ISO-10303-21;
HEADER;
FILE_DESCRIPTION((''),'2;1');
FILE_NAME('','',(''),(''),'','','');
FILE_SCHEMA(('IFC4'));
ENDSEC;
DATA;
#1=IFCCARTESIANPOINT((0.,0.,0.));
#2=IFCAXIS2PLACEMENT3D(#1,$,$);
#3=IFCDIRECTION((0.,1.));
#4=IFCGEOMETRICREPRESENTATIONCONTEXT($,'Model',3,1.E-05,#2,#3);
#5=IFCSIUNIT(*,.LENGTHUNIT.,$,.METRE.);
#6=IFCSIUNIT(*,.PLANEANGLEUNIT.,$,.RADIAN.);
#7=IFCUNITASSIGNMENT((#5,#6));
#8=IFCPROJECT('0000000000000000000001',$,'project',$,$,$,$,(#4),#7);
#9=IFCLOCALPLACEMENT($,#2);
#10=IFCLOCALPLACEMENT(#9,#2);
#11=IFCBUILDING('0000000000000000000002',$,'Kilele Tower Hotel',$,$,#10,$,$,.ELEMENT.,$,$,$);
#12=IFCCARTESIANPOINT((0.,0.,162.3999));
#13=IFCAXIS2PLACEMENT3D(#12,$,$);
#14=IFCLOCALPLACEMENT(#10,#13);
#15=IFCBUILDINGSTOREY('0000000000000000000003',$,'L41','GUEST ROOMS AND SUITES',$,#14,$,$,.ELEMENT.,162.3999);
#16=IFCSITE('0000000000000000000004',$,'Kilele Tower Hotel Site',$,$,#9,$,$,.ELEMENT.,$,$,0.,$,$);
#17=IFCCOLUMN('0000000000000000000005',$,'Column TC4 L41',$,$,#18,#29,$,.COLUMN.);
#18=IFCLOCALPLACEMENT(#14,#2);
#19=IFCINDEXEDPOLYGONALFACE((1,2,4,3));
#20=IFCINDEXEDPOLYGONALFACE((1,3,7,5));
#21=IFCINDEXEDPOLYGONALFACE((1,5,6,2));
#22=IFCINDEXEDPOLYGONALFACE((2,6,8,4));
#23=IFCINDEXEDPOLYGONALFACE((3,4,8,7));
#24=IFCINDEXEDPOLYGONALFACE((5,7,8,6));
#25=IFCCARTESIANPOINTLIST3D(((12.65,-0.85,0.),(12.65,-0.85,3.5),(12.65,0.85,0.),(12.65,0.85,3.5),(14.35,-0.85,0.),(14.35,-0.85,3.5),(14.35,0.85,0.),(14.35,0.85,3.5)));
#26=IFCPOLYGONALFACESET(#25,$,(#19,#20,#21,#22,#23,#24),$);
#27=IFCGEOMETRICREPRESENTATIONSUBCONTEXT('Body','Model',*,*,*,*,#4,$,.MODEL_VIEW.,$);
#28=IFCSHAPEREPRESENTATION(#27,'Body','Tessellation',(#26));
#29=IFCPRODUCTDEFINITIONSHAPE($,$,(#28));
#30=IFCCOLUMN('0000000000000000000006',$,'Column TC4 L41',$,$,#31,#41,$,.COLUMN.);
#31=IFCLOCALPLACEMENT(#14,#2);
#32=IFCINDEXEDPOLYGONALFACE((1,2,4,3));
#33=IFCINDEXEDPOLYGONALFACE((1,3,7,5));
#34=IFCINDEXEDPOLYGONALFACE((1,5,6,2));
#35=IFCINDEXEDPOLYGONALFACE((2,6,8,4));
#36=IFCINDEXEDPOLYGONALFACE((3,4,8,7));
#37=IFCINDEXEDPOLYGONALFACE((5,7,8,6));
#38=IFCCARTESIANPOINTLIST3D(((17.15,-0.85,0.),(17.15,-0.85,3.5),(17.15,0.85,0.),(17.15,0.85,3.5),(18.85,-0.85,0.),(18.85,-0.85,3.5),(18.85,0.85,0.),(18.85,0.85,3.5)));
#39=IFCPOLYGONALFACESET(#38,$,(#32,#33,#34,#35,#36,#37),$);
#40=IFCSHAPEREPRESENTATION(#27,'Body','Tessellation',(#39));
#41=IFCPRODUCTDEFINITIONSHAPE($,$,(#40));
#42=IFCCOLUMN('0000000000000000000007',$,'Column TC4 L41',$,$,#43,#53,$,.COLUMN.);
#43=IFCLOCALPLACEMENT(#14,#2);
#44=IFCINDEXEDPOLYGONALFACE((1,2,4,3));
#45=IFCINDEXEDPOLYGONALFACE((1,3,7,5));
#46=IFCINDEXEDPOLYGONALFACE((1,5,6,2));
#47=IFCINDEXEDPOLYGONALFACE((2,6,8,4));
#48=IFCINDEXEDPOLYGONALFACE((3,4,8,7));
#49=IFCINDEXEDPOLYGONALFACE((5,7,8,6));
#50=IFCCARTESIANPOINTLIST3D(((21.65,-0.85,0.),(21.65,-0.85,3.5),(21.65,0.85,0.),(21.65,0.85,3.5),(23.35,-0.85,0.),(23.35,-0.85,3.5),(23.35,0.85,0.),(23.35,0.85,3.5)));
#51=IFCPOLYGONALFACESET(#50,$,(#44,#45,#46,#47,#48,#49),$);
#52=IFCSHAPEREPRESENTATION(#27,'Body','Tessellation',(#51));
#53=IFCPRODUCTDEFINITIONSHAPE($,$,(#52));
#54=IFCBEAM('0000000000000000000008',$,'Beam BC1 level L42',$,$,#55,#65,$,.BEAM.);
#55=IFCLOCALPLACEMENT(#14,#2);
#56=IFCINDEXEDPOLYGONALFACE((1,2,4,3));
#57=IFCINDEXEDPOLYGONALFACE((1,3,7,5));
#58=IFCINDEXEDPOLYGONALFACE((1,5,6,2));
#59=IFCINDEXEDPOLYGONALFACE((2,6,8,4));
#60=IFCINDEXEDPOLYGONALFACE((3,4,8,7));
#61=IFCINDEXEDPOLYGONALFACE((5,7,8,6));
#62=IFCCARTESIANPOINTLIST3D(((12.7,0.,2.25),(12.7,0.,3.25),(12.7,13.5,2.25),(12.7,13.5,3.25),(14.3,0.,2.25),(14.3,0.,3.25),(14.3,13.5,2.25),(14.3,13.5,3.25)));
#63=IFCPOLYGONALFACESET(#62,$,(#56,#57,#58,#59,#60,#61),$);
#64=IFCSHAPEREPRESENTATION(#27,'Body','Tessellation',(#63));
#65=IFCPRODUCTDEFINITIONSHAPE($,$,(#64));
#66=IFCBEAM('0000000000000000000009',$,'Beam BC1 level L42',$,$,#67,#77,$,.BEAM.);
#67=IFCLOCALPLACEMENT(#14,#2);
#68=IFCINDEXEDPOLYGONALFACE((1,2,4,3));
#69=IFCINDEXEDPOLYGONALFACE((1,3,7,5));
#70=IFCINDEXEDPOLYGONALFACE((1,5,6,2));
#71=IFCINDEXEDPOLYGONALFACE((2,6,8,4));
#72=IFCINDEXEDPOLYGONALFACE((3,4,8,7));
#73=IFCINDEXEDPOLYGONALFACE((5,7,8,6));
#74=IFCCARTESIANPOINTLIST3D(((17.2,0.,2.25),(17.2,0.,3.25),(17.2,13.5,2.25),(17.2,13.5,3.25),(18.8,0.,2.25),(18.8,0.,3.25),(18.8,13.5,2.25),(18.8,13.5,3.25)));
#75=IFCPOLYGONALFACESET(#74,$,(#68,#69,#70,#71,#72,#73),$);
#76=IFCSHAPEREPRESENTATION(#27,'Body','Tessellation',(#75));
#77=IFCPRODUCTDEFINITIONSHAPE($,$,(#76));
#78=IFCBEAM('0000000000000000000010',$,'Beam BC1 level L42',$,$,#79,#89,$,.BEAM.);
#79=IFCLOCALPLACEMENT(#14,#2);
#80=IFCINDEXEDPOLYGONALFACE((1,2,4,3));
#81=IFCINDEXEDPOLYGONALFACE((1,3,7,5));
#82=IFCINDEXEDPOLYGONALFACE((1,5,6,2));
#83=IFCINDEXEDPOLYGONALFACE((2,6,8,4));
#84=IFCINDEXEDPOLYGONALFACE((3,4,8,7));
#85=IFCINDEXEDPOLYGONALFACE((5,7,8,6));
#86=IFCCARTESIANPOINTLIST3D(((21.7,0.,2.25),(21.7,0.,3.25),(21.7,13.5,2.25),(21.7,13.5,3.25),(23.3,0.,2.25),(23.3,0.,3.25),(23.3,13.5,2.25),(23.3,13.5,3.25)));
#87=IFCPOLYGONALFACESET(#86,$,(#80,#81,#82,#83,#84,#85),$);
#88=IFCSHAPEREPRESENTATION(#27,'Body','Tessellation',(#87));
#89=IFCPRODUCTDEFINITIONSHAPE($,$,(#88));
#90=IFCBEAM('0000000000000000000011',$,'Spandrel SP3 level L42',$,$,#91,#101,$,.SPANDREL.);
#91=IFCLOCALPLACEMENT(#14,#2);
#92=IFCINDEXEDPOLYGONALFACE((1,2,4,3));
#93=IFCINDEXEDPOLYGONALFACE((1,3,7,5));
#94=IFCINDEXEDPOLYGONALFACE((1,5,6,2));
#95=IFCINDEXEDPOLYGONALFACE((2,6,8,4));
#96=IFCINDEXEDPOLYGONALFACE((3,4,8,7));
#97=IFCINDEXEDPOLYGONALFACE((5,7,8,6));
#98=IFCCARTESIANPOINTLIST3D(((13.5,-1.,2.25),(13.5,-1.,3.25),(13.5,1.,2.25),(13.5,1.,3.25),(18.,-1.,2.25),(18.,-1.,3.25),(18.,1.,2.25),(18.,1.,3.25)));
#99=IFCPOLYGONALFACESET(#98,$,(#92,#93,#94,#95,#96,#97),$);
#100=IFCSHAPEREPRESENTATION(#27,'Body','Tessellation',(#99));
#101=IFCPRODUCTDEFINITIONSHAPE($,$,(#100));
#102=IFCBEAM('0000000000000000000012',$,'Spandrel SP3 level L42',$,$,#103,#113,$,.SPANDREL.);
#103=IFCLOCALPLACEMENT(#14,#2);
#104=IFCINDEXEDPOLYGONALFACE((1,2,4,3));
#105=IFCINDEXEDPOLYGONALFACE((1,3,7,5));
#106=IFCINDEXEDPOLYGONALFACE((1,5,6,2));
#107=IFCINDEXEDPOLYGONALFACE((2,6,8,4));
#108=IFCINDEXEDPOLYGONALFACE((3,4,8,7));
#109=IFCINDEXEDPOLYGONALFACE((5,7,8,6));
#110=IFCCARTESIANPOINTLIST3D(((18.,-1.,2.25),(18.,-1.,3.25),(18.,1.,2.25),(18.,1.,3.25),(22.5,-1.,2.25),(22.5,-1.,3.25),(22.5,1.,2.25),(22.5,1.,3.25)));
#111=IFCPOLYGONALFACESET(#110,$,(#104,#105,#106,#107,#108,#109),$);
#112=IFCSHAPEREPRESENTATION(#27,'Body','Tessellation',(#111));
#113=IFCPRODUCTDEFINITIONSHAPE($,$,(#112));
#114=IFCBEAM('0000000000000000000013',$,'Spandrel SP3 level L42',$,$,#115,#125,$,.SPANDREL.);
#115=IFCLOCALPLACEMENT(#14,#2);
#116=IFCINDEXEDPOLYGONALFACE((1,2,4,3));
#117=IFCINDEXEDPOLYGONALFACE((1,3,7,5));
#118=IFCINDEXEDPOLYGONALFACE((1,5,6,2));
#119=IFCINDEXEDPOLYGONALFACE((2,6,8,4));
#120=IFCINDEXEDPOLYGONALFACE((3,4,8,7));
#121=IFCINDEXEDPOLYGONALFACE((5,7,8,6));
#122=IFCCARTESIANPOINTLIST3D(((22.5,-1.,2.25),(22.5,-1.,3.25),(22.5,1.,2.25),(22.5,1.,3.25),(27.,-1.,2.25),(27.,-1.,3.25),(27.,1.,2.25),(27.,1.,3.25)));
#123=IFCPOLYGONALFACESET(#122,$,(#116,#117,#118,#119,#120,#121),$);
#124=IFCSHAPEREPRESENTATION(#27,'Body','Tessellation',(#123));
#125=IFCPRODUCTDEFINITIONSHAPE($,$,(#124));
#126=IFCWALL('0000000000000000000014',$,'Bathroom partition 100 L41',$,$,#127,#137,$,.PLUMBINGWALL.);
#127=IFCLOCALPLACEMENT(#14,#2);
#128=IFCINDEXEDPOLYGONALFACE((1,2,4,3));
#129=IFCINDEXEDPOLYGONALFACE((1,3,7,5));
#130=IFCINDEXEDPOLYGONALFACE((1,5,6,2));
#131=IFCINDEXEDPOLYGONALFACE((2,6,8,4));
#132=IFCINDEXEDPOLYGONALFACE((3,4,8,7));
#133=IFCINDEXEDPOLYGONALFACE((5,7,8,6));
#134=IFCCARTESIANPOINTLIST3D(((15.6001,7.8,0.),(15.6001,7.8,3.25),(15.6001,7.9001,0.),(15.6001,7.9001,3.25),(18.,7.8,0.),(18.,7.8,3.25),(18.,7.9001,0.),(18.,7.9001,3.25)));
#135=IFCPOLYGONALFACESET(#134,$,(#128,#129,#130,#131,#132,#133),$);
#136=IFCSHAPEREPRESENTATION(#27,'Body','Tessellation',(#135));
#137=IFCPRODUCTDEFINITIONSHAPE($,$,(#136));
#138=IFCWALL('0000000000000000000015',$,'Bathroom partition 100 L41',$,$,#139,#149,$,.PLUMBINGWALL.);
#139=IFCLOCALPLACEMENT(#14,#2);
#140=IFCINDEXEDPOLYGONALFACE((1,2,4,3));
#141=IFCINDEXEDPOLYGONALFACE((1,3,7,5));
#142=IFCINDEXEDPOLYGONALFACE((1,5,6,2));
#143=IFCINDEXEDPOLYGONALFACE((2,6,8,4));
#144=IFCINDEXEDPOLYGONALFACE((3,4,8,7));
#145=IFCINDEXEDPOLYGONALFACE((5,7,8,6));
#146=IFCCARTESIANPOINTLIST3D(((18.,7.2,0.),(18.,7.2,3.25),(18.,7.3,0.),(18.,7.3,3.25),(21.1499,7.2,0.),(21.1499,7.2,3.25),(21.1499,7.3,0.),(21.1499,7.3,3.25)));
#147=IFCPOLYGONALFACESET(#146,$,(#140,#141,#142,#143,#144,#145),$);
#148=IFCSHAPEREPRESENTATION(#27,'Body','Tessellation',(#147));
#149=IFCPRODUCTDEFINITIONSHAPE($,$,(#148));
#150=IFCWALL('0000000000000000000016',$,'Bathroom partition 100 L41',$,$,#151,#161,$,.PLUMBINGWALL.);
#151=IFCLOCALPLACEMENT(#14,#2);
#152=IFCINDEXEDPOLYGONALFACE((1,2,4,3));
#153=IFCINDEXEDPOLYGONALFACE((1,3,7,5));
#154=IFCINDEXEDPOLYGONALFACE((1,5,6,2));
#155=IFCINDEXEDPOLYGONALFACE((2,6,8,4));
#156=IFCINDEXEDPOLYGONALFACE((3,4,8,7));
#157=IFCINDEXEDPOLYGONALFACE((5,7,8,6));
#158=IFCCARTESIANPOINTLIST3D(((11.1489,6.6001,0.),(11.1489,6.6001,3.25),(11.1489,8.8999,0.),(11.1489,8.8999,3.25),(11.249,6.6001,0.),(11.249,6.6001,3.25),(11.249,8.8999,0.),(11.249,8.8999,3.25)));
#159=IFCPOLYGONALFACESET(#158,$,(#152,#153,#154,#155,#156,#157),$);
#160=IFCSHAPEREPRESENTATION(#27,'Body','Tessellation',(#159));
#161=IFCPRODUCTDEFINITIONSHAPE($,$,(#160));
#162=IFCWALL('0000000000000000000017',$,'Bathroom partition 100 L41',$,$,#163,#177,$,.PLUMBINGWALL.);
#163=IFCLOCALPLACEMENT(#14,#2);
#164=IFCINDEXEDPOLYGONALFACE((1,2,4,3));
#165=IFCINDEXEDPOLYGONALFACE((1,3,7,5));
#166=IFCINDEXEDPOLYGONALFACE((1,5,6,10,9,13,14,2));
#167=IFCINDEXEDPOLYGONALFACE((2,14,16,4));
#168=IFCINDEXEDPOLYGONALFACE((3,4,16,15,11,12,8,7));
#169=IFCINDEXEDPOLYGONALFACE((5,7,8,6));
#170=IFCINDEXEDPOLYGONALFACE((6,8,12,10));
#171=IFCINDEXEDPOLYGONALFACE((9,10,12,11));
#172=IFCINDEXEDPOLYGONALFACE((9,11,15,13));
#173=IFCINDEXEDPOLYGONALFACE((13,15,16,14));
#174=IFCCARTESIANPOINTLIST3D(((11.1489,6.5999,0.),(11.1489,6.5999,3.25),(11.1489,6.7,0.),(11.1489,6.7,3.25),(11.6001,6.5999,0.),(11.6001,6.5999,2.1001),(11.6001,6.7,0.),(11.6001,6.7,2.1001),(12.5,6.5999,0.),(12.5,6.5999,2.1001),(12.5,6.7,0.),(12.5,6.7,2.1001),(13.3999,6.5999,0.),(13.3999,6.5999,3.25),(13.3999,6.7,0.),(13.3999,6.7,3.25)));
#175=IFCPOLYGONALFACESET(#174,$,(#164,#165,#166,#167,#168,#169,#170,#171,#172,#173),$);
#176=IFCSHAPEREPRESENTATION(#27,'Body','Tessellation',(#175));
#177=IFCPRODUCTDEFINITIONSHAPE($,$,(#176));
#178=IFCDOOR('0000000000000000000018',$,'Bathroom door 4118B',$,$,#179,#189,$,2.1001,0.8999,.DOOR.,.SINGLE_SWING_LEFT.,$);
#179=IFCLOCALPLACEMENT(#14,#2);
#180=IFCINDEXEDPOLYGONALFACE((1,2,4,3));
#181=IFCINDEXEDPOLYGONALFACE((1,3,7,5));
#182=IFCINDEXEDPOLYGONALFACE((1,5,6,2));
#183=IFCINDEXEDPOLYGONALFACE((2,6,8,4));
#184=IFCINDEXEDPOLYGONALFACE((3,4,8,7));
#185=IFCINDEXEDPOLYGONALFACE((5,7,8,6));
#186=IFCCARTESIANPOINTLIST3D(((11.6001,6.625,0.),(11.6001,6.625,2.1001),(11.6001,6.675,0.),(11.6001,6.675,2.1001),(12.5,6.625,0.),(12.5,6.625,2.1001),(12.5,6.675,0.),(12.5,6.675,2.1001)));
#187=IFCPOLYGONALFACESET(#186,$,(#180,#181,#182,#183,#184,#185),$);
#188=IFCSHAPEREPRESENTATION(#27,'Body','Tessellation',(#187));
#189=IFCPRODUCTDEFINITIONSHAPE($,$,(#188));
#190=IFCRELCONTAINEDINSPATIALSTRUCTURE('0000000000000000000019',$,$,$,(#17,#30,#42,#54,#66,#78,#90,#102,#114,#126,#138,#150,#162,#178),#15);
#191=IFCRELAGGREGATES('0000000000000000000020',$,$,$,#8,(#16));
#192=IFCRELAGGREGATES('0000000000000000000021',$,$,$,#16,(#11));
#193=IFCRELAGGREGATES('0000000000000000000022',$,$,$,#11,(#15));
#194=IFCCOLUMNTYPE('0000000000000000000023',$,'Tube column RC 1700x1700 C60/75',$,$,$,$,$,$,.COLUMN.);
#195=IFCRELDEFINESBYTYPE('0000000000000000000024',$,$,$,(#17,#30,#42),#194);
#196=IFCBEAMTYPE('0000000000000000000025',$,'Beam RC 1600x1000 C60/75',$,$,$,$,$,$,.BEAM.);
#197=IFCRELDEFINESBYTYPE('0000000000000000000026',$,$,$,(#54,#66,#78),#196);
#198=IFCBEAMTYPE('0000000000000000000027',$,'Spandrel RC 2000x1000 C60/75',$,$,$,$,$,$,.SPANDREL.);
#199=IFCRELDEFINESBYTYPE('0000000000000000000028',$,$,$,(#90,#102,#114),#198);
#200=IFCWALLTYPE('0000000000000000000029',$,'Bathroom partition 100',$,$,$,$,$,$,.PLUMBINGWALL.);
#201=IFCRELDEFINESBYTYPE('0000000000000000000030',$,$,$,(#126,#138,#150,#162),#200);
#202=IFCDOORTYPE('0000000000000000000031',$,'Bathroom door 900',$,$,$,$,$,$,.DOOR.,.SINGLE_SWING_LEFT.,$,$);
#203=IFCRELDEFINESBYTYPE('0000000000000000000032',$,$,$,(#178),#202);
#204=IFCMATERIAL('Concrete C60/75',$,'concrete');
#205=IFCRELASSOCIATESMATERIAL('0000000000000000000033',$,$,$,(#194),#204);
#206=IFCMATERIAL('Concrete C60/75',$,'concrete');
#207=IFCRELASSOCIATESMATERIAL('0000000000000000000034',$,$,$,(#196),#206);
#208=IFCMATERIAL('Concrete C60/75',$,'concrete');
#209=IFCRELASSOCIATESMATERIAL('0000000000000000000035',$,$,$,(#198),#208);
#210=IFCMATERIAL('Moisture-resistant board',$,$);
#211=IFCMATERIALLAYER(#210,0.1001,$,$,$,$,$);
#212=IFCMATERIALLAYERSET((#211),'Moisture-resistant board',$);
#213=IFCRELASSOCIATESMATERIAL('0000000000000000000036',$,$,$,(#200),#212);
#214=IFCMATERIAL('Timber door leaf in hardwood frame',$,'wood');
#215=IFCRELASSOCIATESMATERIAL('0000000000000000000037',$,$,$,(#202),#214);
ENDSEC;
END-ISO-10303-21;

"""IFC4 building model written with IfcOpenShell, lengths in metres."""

from ifc_helpers import new_model, si_unit, direction, frame, frame_2d, origin, origin_2d, place, context, subcontext, project, spatial, rectangle, extrude, material, layer, layer_set, material_profile, profile_set, type_object, element, fill, save


model = new_model("IFC4")

# Units and contexts
model_context = context("Model", 3, precision=1e-05, world=origin(), true_north=direction((0.0, 1.0)))
body_context = subcontext(model_context, "Body", "Model", "MODEL_VIEW")
ifc_project = project(units=[si_unit("LENGTHUNIT", "METRE"), si_unit("PLANEANGLEUNIT", "RADIAN")], contexts=[model_context])

# Site, building, storey
site_placement = place(None, origin())
site = spatial("IfcSite", under=ifc_project, at=site_placement, Name="Kilele Tower Hotel Site", CompositionType="ELEMENT", RefElevation=0.0)
building_placement = place(site_placement, origin())
building = spatial("IfcBuilding", under=site, at=building_placement, Name="Kilele Tower Hotel", CompositionType="ELEMENT")
storey_placement = place(building_placement, frame((0.0, 0.0, 162.3999)))
storey = spatial("IfcBuildingStorey", under=building, at=storey_placement, Name="L41", Description="GUEST ROOMS AND SUITES", CompositionType="ELEMENT", Elevation=162.3999)

# Columns
ifc_material_1 = material(Name="Concrete C60/75", Category="concrete")
ifc_material_profile_1 = material_profile(ifc_material_1, rectangle(XDim=1.7, YDim=1.7, at=origin_2d()))
ifc_profile_set_1 = profile_set([ifc_material_profile_1], Name="Concrete C60/75")
column_type = type_object("IfcColumnType", Name="Tube column RC 1700x1700 C60/75", PredefinedType="COLUMN", material=ifc_profile_set_1)
for number, where, z_axis, x_axis, name in (
    (1, (13.5, 0.0, 0.0), (0.0, 0.0, 1.0), (1.0, 0.0, 0.0), "Column TC4 L41"),
    (2, (18.0, 0.0, 0.0), (0.0, 0.0, 1.0), (1.0, 0.0, 0.0), "Column TC4 L41"),
    (3, (22.5, 0.0, 0.0), (0.0, 0.0, 1.0), (1.0, 0.0, 0.0), "Column TC4 L41"),
):
    element("IfcColumn", number, at=place(storey_placement, frame(where, z_axis=z_axis, x_axis=x_axis)), inside=storey, type_object=column_type, Name=name, PredefinedType="COLUMN", context=body_context, shape_type="SweptSolid", body=[
        extrude(rectangle(XDim=1.7, YDim=1.7, at=origin_2d()), origin(), (0.0, 0.0, 1.0), 3.5),
    ])

# Beams
ifc_material_2 = material(Name="Concrete C60/75", Category="concrete")
ifc_material_profile_2 = material_profile(ifc_material_2, rectangle(XDim=1.6001, YDim=1.0, at=origin_2d()))
ifc_profile_set_2 = profile_set([ifc_material_profile_2], Name="Concrete C60/75")
beam_type_1 = type_object("IfcBeamType", Name="Beam RC 1600x1000 C60/75", PredefinedType="BEAM", material=ifc_profile_set_2)
for number, where, z_axis, x_axis, name in (
    (4, (13.5, 0.0, 2.75), (0.0, 1.0, 0.0), (-1.0, 0.0, 0.0), "Beam BC1 level L42"),
    (5, (18.0, 0.0, 2.75), (0.0, 1.0, 0.0), (-1.0, 0.0, 0.0), "Beam BC1 level L42"),
    (6, (22.5, 0.0, 2.75), (0.0, 1.0, 0.0), (-1.0, 0.0, 0.0), "Beam BC1 level L42"),
):
    element("IfcBeam", number, at=place(storey_placement, frame(where, z_axis=z_axis, x_axis=x_axis)), inside=storey, type_object=beam_type_1, Name=name, PredefinedType="BEAM", context=body_context, shape_type="SweptSolid", body=[
        extrude(rectangle(XDim=1.6001, YDim=1.0, at=origin_2d()), origin(), (0.0, 0.0, 1.0), 13.5),
    ])
ifc_material_3 = material(Name="Concrete C60/75", Category="concrete")
ifc_material_profile_3 = material_profile(ifc_material_3, rectangle(XDim=2.0, YDim=1.0, at=origin_2d()))
ifc_profile_set_3 = profile_set([ifc_material_profile_3], Name="Concrete C60/75")
beam_type_2 = type_object("IfcBeamType", Name="Spandrel RC 2000x1000 C60/75", PredefinedType="SPANDREL", material=ifc_profile_set_3)
for number, where, z_axis, x_axis, name in (
    (7, (13.5, 0.0, 2.75), (1.0, 0.0, 0.0), (0.0, 1.0, 0.0), "Spandrel SP3 level L42"),
    (8, (18.0, 0.0, 2.75), (1.0, 0.0, 0.0), (0.0, 1.0, 0.0), "Spandrel SP3 level L42"),
    (9, (22.5, 0.0, 2.75), (1.0, 0.0, 0.0), (0.0, 1.0, 0.0), "Spandrel SP3 level L42"),
):
    element("IfcBeam", number, at=place(storey_placement, frame(where, z_axis=z_axis, x_axis=x_axis)), inside=storey, type_object=beam_type_2, Name=name, PredefinedType="SPANDREL", context=body_context, shape_type="SweptSolid", body=[
        extrude(rectangle(XDim=2.0, YDim=1.0, at=origin_2d()), origin(), (0.0, 0.0, 1.0), 4.5),
    ])

# Walls
ifc_material_4 = material(Name="Moisture-resistant board")
ifc_layer_1 = layer(ifc_material_4, 0.1001)
ifc_layer_set_1 = layer_set([ifc_layer_1], Name="Moisture-resistant board")
wall_type_1 = type_object("IfcWallType", Name="Bathroom partition 100", PredefinedType="PLUMBINGWALL", material=ifc_layer_set_1)
wall_1_placement = place(storey_placement, frame((15.6001, 7.8501, 0.0), z_axis=(0.0, 0.0, 1.0), x_axis=(1.0, 0.0, 0.0)))
element("IfcWall", 10, at=wall_1_placement, inside=storey, type_object=wall_type_1, Name="Bathroom partition 100 L41", PredefinedType="PLUMBINGWALL", context=body_context, shape_type="SweptSolid", body=[
    extrude(rectangle(XDim=2.3999, YDim=0.1001, at=frame_2d((1.2, 0.0))), origin(), (0.0, 0.0, 1.0), 3.25),
])
wall_2_placement = place(storey_placement, frame((18.0, 7.25, 0.0), z_axis=(0.0, 0.0, 1.0), x_axis=(1.0, 0.0, 0.0)))
element("IfcWall", 11, at=wall_2_placement, inside=storey, type_object=wall_type_1, Name="Bathroom partition 100 L41", PredefinedType="PLUMBINGWALL", context=body_context, shape_type="SweptSolid", body=[
    extrude(rectangle(XDim=3.1499, YDim=0.1001, at=frame_2d((1.575, 0.0))), origin(), (0.0, 0.0, 1.0), 3.25),
])
wall_3_placement = place(storey_placement, frame((11.199, 8.8999, 0.0), z_axis=(0.0, 0.0, 1.0), x_axis=(0.0, -1.0, 0.0)))
element("IfcWall", 12, at=wall_3_placement, inside=storey, type_object=wall_type_1, Name="Bathroom partition 100 L41", PredefinedType="PLUMBINGWALL", context=body_context, shape_type="SweptSolid", body=[
    extrude(rectangle(XDim=2.2998, YDim=0.1001, at=frame_2d((1.1499, 0.0))), origin(), (0.0, 0.0, 1.0), 3.25),
])

# Wall, opening, door
wall_4_placement = place(storey_placement, frame((13.3999, 6.6499, 0.0), z_axis=(0.0, 0.0, 1.0), x_axis=(-1.0, 0.0, 0.0)))
wall_4 = element("IfcWall", 13, at=wall_4_placement, inside=storey, type_object=wall_type_1, Name="Bathroom partition 100 L41", PredefinedType="PLUMBINGWALL", context=body_context, shape_type="SweptSolid", body=[
    extrude(rectangle(XDim=2.251, YDim=0.1001, at=frame_2d((1.1255, 0.0))), origin(), (0.0, 0.0, 1.0), 3.25),
])
opening_1_placement = place(wall_4_placement, frame((0.8999, 0.0, 0.0)))
opening_1 = element("IfcOpeningElement", 14, at=opening_1_placement, cuts=wall_4, PredefinedType="OPENING", context=body_context, shape_type="SweptSolid", body=[
    extrude(rectangle(XDim=0.8999, YDim=2.1001, at=frame_2d((0.45, 1.05))), frame((0.0, 0.0601, 0.0), z_axis=(0.0, -1.0, 0.0), x_axis=(1.0, 0.0, 0.0)), (0.0, 0.0, 1.0), 0.1201),
])
ifc_material_5 = material(Name="Timber door leaf in hardwood frame", Category="wood")
door_type_1 = type_object("IfcDoorType", Name="Bathroom door 900", OperationType="SINGLE_SWING_LEFT", PredefinedType="DOOR", material=ifc_material_5)
door_1_placement = place(opening_1_placement, origin())
door_1 = element("IfcDoor", 15, at=door_1_placement, inside=storey, type_object=door_type_1, Name="Bathroom door 4118B", OperationType="SINGLE_SWING_LEFT", OverallHeight=2.1001, OverallWidth=0.8999, PredefinedType="DOOR", context=body_context, shape_type="SweptSolid", body=[
    extrude(rectangle(XDim=0.8999, YDim=2.1001, at=frame_2d((0.45, 1.05))), frame((0.0, 0.0249, 0.0), z_axis=(0.0, -1.0, 0.0), x_axis=(1.0, 0.0, 0.0)), (0.0, 0.0, 1.0), 0.05),
])
fill(opening_1, door_1)

save(model, "model.ifc")
